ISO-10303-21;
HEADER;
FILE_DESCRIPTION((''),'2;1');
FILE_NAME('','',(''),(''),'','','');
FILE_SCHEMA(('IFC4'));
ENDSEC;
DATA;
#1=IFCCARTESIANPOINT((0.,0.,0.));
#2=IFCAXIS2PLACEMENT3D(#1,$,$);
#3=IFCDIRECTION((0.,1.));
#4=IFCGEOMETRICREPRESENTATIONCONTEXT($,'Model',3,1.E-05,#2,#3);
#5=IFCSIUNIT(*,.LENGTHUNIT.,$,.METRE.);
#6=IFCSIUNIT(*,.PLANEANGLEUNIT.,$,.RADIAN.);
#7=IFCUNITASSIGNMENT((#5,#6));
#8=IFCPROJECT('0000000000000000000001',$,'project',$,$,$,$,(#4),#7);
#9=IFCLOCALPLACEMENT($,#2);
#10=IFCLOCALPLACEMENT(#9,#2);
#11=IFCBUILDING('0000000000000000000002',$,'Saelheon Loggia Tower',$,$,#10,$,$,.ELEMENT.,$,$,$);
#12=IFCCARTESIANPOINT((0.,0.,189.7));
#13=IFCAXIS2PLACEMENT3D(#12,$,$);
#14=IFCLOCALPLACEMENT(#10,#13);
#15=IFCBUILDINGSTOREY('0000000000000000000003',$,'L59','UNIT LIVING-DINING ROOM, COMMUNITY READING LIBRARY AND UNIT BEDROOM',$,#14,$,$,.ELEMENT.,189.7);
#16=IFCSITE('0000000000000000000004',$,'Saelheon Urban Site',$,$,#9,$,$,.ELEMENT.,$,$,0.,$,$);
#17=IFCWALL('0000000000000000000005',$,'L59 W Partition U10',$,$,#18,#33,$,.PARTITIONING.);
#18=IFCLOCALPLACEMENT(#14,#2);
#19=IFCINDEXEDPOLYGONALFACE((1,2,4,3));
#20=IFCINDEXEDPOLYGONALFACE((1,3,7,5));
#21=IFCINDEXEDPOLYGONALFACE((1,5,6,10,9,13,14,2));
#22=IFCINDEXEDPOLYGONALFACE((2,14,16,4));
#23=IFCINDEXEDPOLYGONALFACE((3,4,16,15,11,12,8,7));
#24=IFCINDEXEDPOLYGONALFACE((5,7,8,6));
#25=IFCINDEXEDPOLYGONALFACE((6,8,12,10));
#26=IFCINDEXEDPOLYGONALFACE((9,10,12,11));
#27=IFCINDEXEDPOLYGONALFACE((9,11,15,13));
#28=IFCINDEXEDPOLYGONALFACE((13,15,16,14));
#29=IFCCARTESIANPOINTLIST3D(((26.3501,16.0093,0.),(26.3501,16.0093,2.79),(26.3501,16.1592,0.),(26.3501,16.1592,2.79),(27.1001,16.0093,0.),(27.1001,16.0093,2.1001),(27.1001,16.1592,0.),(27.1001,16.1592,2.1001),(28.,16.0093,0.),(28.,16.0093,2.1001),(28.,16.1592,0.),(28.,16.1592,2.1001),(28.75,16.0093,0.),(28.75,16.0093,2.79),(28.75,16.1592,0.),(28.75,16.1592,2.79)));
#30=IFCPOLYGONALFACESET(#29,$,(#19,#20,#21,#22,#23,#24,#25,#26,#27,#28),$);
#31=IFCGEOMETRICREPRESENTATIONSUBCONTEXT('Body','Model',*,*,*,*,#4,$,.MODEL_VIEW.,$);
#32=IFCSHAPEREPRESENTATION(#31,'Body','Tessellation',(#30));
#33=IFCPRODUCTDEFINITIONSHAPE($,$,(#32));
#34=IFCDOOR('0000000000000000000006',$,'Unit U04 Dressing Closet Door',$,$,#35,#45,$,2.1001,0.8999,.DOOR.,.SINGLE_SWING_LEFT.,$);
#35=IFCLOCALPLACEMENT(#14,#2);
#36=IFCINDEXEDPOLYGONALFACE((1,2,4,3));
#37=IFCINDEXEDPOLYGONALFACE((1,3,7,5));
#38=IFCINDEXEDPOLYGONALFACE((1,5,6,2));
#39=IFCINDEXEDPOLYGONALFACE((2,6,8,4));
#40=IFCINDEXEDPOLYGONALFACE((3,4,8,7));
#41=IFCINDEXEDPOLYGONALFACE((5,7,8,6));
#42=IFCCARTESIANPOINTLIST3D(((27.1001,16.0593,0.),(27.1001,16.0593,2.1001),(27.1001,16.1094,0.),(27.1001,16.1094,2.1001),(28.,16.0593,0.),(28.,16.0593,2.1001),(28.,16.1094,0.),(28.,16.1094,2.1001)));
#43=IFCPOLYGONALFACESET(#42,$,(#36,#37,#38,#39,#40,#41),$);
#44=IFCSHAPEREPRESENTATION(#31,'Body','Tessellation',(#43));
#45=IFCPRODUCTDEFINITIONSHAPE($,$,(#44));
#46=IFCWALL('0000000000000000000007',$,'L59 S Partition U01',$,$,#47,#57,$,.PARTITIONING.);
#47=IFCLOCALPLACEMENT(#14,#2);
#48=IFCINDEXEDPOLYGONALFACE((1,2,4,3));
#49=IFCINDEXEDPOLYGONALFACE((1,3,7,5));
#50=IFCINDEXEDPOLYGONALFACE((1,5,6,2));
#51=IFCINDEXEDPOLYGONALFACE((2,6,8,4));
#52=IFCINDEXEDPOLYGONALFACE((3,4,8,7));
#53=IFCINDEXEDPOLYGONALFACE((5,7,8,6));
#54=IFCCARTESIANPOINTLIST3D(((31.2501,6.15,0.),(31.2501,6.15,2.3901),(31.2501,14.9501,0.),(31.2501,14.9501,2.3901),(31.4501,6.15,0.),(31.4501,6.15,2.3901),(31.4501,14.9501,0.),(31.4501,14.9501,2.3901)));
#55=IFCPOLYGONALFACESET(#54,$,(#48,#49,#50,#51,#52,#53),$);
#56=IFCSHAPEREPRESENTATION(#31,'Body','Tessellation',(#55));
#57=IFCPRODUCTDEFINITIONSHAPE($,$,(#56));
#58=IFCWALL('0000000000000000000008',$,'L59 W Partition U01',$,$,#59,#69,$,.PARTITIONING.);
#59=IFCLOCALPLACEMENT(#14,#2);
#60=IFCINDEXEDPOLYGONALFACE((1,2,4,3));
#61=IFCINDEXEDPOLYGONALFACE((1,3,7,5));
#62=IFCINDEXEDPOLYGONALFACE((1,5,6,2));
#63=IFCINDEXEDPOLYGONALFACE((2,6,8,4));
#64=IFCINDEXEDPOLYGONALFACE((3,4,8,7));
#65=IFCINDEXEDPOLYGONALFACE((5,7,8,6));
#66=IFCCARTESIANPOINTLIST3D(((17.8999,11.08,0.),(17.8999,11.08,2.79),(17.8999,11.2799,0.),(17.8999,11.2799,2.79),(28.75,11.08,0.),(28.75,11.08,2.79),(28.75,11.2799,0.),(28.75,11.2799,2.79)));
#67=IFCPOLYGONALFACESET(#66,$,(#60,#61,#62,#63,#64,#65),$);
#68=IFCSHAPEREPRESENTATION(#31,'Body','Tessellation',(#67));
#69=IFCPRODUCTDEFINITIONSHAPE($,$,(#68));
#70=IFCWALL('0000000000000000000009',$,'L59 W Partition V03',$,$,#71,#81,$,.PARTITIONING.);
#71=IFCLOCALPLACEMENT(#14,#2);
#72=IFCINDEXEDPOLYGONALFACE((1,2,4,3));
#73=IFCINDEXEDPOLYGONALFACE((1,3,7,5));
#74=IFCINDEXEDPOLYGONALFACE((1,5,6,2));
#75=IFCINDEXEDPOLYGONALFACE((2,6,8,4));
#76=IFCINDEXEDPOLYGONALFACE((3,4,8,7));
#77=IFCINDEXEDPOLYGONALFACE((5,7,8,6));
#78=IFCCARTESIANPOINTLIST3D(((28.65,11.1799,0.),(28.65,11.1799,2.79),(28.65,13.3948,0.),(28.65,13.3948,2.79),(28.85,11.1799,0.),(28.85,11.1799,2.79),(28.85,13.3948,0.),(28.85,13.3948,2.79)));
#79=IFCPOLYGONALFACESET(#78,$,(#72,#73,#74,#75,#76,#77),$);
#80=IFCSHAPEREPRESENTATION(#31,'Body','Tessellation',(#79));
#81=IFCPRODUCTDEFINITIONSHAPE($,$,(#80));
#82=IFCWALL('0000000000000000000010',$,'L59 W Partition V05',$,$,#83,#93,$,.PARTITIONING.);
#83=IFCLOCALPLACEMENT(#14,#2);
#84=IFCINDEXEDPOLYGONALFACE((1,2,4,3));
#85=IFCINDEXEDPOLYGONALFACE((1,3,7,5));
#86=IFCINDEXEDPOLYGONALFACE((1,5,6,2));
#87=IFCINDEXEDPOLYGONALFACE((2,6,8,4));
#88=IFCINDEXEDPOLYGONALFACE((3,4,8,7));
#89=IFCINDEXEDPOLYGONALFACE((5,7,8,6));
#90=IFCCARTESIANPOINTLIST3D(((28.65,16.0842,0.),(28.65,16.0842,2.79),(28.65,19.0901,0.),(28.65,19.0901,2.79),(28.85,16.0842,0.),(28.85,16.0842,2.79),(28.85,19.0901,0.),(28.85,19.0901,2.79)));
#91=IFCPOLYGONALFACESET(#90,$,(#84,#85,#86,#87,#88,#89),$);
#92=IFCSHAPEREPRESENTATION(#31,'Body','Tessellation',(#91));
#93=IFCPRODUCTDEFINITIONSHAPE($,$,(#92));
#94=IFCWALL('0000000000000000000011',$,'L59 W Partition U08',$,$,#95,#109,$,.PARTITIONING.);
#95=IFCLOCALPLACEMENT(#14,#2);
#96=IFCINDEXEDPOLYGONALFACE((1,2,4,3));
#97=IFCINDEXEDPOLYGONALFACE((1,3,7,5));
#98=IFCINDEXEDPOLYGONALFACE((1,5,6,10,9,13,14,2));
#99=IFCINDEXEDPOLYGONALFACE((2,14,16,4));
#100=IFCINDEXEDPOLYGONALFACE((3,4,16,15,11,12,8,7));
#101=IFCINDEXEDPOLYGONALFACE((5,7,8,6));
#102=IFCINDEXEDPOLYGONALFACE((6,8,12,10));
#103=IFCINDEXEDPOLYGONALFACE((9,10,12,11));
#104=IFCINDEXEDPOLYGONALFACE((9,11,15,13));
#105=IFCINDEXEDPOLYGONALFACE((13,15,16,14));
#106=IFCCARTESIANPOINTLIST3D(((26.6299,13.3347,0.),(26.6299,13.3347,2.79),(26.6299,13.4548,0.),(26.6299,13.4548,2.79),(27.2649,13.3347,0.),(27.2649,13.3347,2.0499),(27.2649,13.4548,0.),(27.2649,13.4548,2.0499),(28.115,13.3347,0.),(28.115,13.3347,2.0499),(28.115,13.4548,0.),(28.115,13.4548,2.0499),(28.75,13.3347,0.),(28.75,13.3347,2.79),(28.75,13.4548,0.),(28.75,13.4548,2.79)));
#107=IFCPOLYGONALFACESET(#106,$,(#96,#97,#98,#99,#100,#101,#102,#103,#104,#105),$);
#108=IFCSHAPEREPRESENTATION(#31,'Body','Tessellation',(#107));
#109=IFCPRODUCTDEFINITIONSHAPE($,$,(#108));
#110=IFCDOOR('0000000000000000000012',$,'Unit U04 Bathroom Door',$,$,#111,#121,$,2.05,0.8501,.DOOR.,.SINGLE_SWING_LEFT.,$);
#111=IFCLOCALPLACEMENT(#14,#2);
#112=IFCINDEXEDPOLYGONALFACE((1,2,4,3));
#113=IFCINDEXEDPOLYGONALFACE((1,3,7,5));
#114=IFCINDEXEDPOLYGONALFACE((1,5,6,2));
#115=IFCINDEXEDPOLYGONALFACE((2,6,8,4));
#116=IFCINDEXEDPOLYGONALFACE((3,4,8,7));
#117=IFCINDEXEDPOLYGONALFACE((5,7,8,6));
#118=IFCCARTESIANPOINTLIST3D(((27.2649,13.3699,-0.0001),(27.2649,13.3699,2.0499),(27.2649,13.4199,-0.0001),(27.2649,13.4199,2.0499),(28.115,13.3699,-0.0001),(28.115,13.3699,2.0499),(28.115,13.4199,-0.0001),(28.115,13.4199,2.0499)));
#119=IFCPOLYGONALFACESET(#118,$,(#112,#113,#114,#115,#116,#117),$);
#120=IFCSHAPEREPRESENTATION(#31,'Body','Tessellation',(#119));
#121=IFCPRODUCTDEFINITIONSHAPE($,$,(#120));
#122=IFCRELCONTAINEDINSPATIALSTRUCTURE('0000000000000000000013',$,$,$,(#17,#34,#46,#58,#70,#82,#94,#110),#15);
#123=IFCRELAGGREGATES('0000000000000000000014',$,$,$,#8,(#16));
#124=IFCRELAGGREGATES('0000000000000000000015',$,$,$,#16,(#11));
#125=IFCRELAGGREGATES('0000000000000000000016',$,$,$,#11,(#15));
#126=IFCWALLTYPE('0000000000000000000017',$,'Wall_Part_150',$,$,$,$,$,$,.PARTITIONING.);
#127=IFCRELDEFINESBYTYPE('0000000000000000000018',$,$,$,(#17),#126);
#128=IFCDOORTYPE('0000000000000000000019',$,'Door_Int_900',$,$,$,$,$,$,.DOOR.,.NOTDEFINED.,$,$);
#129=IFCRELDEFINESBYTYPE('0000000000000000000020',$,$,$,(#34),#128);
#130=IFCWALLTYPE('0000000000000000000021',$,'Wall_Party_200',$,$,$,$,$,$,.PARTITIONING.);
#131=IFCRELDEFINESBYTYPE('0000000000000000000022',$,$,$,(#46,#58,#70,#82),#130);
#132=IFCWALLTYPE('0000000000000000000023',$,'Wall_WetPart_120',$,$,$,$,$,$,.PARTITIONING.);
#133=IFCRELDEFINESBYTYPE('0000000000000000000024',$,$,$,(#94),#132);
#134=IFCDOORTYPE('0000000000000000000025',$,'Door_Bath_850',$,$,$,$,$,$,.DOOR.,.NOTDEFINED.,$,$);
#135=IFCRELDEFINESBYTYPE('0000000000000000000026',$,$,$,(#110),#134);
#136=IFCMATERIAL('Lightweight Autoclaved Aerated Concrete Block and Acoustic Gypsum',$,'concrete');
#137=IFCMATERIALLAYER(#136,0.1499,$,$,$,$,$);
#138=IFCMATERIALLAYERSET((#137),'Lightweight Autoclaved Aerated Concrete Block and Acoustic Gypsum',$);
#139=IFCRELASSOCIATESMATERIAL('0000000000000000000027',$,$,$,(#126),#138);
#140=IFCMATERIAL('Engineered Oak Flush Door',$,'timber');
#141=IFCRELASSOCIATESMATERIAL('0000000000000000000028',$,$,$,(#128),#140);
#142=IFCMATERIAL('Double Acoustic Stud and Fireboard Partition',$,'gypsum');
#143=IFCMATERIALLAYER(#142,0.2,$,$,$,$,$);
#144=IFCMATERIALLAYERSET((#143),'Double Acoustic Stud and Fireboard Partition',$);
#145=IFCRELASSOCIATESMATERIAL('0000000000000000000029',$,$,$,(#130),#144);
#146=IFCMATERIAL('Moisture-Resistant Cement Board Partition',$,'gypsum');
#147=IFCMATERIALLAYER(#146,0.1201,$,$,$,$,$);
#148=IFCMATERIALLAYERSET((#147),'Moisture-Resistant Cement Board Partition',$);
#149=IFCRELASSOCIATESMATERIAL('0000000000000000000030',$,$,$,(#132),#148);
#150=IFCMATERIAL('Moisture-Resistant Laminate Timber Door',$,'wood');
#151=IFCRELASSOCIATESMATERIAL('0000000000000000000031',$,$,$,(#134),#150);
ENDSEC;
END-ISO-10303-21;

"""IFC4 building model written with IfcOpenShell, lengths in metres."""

from ifc_helpers import new_model, si_unit, direction, frame, frame_2d, origin, place, context, subcontext, project, spatial, rectangle, extrude, source, transform, mapped, material, layer, layer_set, type_object, element, fill, save


model = new_model("IFC4")

# Units and contexts
model_context = context("Model", 3, precision=1e-05, world=origin(), true_north=direction((0.0, 1.0)))
body_context = subcontext(model_context, "Body", "Model", "MODEL_VIEW")
ifc_project = project(units=[si_unit("LENGTHUNIT", "METRE"), si_unit("PLANEANGLEUNIT", "RADIAN")], contexts=[model_context])

# Site, building, storey
site_placement = place(None, origin())
site = spatial("IfcSite", under=ifc_project, at=site_placement, Name="Saelheon Urban Site", CompositionType="ELEMENT", RefElevation=0.0)
building_placement = place(site_placement, origin())
building = spatial("IfcBuilding", under=site, at=building_placement, Name="Saelheon Loggia Tower", CompositionType="ELEMENT")
storey_placement = place(building_placement, frame((0.0, 0.0, 189.7)))
storey = spatial("IfcBuildingStorey", under=building, at=storey_placement, Name="L59", Description="UNIT LIVING-DINING ROOM, COMMUNITY READING LIBRARY AND UNIT BEDROOM", CompositionType="ELEMENT", Elevation=189.7)

# Wall, opening, door
ifc_material_1 = material(Name="Lightweight Autoclaved Aerated Concrete Block and Acoustic Gypsum", Category="concrete")
ifc_layer_1 = layer(ifc_material_1, 0.1499)
ifc_layer_set_1 = layer_set([ifc_layer_1], Name="Lightweight Autoclaved Aerated Concrete Block and Acoustic Gypsum")
wall_type_1 = type_object("IfcWallType", Name="Wall_Part_150", PredefinedType="PARTITIONING", material=ifc_layer_set_1)
ifc_material_2 = material(Name="Engineered Oak Flush Door", Category="timber")
door_type_1 = type_object("IfcDoorType", Name="Door_Int_900", OperationType="NOTDEFINED", PredefinedType="DOOR", material=ifc_material_2)
shared_shape_1 = source(origin(), body_context, "Body", "SweptSolid", [
    extrude(rectangle(XDim=0.8999, YDim=2.1001, at=frame_2d((0.45, 1.05))), frame((0.0, 0.0249, 0.0), z_axis=(0.0, -1.0, 0.0), x_axis=(1.0, 0.0, 0.0)), (0.0, 0.0, 1.0), 0.05),
])
wall_1_placement = place(storey_placement, frame((28.75, 16.0842, 0.0), z_axis=(0.0, 0.0, 1.0), x_axis=(-1.0, 0.0, 0.0)))
wall_1 = element("IfcWall", 1, at=wall_1_placement, inside=storey, type_object=wall_type_1, Name="L59 W Partition U10", PredefinedType="PARTITIONING", context=body_context, shape_type="SweptSolid", body=[
    extrude(rectangle(XDim=2.3999, YDim=0.1499, at=frame_2d((1.2, 0.0))), origin(), (0.0, 0.0, 1.0), 2.79),
])
opening_1_placement = place(wall_1_placement, frame((0.75, 0.0, 0.0)))
opening_1 = element("IfcOpeningElement", 2, at=opening_1_placement, cuts=wall_1, PredefinedType="OPENING", context=body_context, shape_type="SweptSolid", body=[
    extrude(rectangle(XDim=0.8999, YDim=2.1001, at=frame_2d((0.45, 1.05))), frame((0.0, 0.0869, 0.0), z_axis=(0.0, -1.0, 0.0), x_axis=(1.0, 0.0, 0.0)), (0.0, 0.0, 1.0), 0.1738),
])
door_1_placement = place(opening_1_placement, origin())
door_1 = element("IfcDoor", 3, at=door_1_placement, inside=storey, type_object=door_type_1, Name="Unit U04 Dressing Closet Door", OperationType="SINGLE_SWING_LEFT", OverallHeight=2.1001, OverallWidth=0.8999, PredefinedType="DOOR", context=body_context, shape_type="MappedRepresentation", body=[
    mapped(shared_shape_1, transform((0.0, 0.0, 0.0), scale=1.0)),
])
fill(opening_1, door_1)

# Walls
ifc_material_3 = material(Name="Double Acoustic Stud and Fireboard Partition", Category="gypsum")
ifc_layer_2 = layer(ifc_material_3, 0.2)
ifc_layer_set_2 = layer_set([ifc_layer_2], Name="Double Acoustic Stud and Fireboard Partition")
wall_type_2 = type_object("IfcWallType", Name="Wall_Party_200", PredefinedType="PARTITIONING", material=ifc_layer_set_2)
wall_2_placement = place(storey_placement, frame((31.3501, 14.95, 0.0), z_axis=(0.0, 0.0, 1.0), x_axis=(0.0, -1.0, 0.0)))
element("IfcWall", 4, at=wall_2_placement, inside=storey, type_object=wall_type_2, Name="L59 S Partition U01", PredefinedType="PARTITIONING", context=body_context, shape_type="SweptSolid", body=[
    extrude(rectangle(XDim=8.8, YDim=0.2, at=frame_2d((4.3999, 0.0))), origin(), (0.0, 0.0, 1.0), 2.3901),
])
wall_3_placement = place(storey_placement, frame((28.75, 11.1799, 0.0), z_axis=(0.0, 0.0, 1.0), x_axis=(-1.0, 0.0, 0.0)))
element("IfcWall", 5, at=wall_3_placement, inside=storey, type_object=wall_type_2, Name="L59 W Partition U01", PredefinedType="PARTITIONING", context=body_context, shape_type="SweptSolid", body=[
    extrude(rectangle(XDim=10.8501, YDim=0.2, at=frame_2d((5.425, 0.0))), origin(), (0.0, 0.0, 1.0), 2.79),
])
wall_4_placement = place(storey_placement, frame((28.75, 11.1799, 0.0), z_axis=(0.0, 0.0, 1.0), x_axis=(0.0, 1.0, 0.0)))
element("IfcWall", 6, at=wall_4_placement, inside=storey, type_object=wall_type_2, Name="L59 W Partition V03", PredefinedType="PARTITIONING", context=body_context, shape_type="SweptSolid", body=[
    extrude(rectangle(XDim=2.2148, YDim=0.2, at=frame_2d((1.1074, 0.0))), origin(), (0.0, 0.0, 1.0), 2.79),
])

# Wall
wall_5_placement = place(storey_placement, frame((28.75, 16.0842, 0.0), z_axis=(0.0, 0.0, 1.0), x_axis=(0.0, 1.0, 0.0)))
element("IfcWall", 7, at=wall_5_placement, inside=storey, type_object=wall_type_2, Name="L59 W Partition V05", PredefinedType="PARTITIONING", context=body_context, shape_type="SweptSolid", body=[
    extrude(rectangle(XDim=3.0059, YDim=0.2, at=frame_2d((1.5029, 0.0))), origin(), (0.0, 0.0, 1.0), 2.79),
])

# Wall, opening, door
ifc_material_4 = material(Name="Moisture-Resistant Cement Board Partition", Category="gypsum")
ifc_layer_3 = layer(ifc_material_4, 0.1201)
ifc_layer_set_3 = layer_set([ifc_layer_3], Name="Moisture-Resistant Cement Board Partition")
wall_type_3 = type_object("IfcWallType", Name="Wall_WetPart_120", PredefinedType="PARTITIONING", material=ifc_layer_set_3)
wall_6_placement = place(storey_placement, frame((28.75, 13.3948, 0.0), z_axis=(0.0, 0.0, 1.0), x_axis=(-1.0, 0.0, 0.0)))
wall_6 = element("IfcWall", 8, at=wall_6_placement, inside=storey, type_object=wall_type_3, Name="L59 W Partition U08", PredefinedType="PARTITIONING", context=body_context, shape_type="SweptSolid", body=[
    extrude(rectangle(XDim=2.1201, YDim=0.1201, at=frame_2d((1.0601, 0.0))), origin(), (0.0, 0.0, 1.0), 2.79),
])
opening_2_placement = place(wall_6_placement, frame((0.635, 0.0, 0.0)))
opening_2 = element("IfcOpeningElement", 9, at=opening_2_placement, cuts=wall_6, PredefinedType="OPENING", context=body_context, shape_type="SweptSolid", body=[
    extrude(rectangle(XDim=0.8501, YDim=2.05, at=frame_2d((0.425, 1.0249))), frame((0.0, 0.072, 0.0), z_axis=(0.0, -1.0, 0.0), x_axis=(1.0, 0.0, 0.0)), (0.0, 0.0, 1.0), 0.144),
])
ifc_material_5 = material(Name="Moisture-Resistant Laminate Timber Door", Category="wood")
door_type_2 = type_object("IfcDoorType", Name="Door_Bath_850", OperationType="NOTDEFINED", PredefinedType="DOOR", material=ifc_material_5)
shared_shape_2 = source(origin(), body_context, "Body", "SweptSolid", [
    extrude(rectangle(XDim=0.8501, YDim=2.05, at=frame_2d((0.425, 1.0249))), frame((0.0, 0.0249, 0.0), z_axis=(0.0, -1.0, 0.0), x_axis=(1.0, 0.0, 0.0)), (0.0, 0.0, 1.0), 0.05),
])
door_2_placement = place(opening_2_placement, origin())
door_2 = element("IfcDoor", 10, at=door_2_placement, inside=storey, type_object=door_type_2, Name="Unit U04 Bathroom Door", OperationType="SINGLE_SWING_LEFT", OverallHeight=2.05, OverallWidth=0.8501, PredefinedType="DOOR", context=body_context, shape_type="MappedRepresentation", body=[
    mapped(shared_shape_2, transform((0.0, 0.0, 0.0), scale=1.0)),
])
fill(opening_2, door_2)

save(model, "model.ifc")
